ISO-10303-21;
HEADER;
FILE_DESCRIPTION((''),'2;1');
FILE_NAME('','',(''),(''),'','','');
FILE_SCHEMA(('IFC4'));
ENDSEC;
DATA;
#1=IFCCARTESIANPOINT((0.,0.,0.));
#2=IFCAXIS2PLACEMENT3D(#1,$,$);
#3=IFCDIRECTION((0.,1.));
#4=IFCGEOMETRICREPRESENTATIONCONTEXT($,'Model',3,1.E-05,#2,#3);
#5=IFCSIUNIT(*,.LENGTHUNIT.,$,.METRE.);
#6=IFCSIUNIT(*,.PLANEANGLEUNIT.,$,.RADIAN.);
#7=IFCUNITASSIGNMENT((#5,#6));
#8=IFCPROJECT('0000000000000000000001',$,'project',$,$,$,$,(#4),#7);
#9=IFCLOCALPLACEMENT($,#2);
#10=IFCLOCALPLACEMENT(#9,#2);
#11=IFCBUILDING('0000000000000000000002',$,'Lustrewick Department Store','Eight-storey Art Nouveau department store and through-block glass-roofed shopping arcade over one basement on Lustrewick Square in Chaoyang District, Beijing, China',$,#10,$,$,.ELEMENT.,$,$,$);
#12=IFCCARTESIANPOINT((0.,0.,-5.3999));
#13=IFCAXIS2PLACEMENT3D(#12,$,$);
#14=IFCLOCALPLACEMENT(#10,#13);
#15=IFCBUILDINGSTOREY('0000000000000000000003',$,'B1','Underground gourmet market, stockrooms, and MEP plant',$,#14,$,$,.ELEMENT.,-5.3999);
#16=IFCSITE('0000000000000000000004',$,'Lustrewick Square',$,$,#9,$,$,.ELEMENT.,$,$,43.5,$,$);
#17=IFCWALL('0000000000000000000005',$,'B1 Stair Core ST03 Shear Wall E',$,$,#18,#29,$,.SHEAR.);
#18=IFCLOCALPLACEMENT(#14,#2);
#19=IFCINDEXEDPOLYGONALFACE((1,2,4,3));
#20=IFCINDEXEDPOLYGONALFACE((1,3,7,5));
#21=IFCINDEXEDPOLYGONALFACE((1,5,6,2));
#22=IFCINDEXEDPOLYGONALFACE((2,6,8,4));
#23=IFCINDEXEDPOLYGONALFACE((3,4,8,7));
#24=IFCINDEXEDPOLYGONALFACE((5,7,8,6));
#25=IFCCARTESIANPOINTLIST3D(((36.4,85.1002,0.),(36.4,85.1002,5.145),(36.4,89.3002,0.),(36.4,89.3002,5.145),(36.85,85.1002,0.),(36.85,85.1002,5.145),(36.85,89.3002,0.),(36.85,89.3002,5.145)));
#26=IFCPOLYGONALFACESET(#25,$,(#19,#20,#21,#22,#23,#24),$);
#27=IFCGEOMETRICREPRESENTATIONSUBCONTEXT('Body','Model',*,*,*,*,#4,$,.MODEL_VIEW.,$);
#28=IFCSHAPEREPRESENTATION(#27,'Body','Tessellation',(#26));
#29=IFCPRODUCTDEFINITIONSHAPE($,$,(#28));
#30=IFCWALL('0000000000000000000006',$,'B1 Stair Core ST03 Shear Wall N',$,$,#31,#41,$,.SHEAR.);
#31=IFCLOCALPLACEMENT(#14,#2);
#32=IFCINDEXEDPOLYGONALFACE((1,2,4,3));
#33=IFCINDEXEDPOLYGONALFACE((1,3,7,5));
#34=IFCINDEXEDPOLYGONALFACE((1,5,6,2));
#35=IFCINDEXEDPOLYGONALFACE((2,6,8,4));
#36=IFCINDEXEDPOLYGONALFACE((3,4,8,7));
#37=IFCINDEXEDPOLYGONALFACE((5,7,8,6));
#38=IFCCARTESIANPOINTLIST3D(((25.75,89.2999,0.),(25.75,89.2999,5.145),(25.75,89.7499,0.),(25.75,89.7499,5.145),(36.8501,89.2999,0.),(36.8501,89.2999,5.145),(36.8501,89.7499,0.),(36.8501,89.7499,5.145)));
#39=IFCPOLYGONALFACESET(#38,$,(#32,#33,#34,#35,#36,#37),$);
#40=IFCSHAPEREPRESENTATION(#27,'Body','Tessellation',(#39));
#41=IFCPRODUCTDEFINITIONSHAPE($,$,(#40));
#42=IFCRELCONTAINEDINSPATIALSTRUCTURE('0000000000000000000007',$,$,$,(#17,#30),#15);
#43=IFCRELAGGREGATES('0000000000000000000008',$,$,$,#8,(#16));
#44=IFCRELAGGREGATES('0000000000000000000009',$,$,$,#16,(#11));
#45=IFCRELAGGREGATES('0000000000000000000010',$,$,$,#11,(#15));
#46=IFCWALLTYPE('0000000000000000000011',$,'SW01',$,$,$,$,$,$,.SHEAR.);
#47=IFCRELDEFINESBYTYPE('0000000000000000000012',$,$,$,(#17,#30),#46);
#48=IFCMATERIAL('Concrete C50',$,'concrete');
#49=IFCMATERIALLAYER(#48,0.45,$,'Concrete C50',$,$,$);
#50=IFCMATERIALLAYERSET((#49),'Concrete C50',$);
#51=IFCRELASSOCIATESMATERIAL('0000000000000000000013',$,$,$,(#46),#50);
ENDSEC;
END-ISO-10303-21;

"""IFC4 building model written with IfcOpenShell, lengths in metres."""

from ifc_helpers import new_model, si_unit, direction, frame, frame_2d, origin, place, context, subcontext, project, spatial, rectangle, extrude, material, layer, layer_set, type_object, element, save


model = new_model("IFC4")

# Units and contexts
model_context = context("Model", 3, precision=1e-05, world=origin(), true_north=direction((0.0, 1.0)))
body_context = subcontext(model_context, "Body", "Model", "MODEL_VIEW")
ifc_project = project(units=[si_unit("LENGTHUNIT", "METRE"), si_unit("PLANEANGLEUNIT", "RADIAN")], contexts=[model_context])

# Site, building, storey
site_placement = place(None, origin())
site = spatial("IfcSite", under=ifc_project, at=site_placement, Name="Lustrewick Square", CompositionType="ELEMENT", RefElevation=43.5)
building_placement = place(site_placement, origin())
building = spatial("IfcBuilding", under=site, at=building_placement, Name="Lustrewick Department Store", Description="Eight-storey Art Nouveau department store and through-block glass-roofed shopping arcade over one basement on Lustrewick Square in Chaoyang District, Beijing, China", CompositionType="ELEMENT")
storey_placement = place(building_placement, frame((0.0, 0.0, -5.3999)))
storey = spatial("IfcBuildingStorey", under=building, at=storey_placement, Name="B1", Description="Underground gourmet market, stockrooms, and MEP plant", CompositionType="ELEMENT", Elevation=-5.3999)

# Walls
ifc_material_1 = material(Name="Concrete C50", Category="concrete")
ifc_layer_1 = layer(ifc_material_1, 0.45, Name="Concrete C50")
ifc_layer_set_1 = layer_set([ifc_layer_1], Name="Concrete C50")
wall_type_1 = type_object("IfcWallType", Name="SW01", PredefinedType="SHEAR", material=ifc_layer_set_1)
wall_1_placement = place(storey_placement, frame((36.625, 85.1001, 0.0), z_axis=(0.0, 0.0, 1.0), x_axis=(0.0, 1.0, 0.0)))
element("IfcWall", 1, at=wall_1_placement, inside=storey, type_object=wall_type_1, Name="B1 Stair Core ST03 Shear Wall E", PredefinedType="SHEAR", context=body_context, shape_type="SweptSolid", body=[
    extrude(rectangle(XDim=4.2, YDim=0.45, at=frame_2d((2.1001, 0.0))), origin(), (0.0, 0.0, 1.0), 5.145),
])
wall_2_placement = place(storey_placement, frame((36.8501, 89.5249, 0.0), z_axis=(0.0, 0.0, 1.0), x_axis=(-1.0, 0.0, 0.0)))
element("IfcWall", 2, at=wall_2_placement, inside=storey, type_object=wall_type_1, Name="B1 Stair Core ST03 Shear Wall N", PredefinedType="SHEAR", context=body_context, shape_type="SweptSolid", body=[
    extrude(rectangle(XDim=11.1001, YDim=0.45, at=frame_2d((5.55, 0.0))), origin(), (0.0, 0.0, 1.0), 5.145),
])

save(model, "model.ifc")
